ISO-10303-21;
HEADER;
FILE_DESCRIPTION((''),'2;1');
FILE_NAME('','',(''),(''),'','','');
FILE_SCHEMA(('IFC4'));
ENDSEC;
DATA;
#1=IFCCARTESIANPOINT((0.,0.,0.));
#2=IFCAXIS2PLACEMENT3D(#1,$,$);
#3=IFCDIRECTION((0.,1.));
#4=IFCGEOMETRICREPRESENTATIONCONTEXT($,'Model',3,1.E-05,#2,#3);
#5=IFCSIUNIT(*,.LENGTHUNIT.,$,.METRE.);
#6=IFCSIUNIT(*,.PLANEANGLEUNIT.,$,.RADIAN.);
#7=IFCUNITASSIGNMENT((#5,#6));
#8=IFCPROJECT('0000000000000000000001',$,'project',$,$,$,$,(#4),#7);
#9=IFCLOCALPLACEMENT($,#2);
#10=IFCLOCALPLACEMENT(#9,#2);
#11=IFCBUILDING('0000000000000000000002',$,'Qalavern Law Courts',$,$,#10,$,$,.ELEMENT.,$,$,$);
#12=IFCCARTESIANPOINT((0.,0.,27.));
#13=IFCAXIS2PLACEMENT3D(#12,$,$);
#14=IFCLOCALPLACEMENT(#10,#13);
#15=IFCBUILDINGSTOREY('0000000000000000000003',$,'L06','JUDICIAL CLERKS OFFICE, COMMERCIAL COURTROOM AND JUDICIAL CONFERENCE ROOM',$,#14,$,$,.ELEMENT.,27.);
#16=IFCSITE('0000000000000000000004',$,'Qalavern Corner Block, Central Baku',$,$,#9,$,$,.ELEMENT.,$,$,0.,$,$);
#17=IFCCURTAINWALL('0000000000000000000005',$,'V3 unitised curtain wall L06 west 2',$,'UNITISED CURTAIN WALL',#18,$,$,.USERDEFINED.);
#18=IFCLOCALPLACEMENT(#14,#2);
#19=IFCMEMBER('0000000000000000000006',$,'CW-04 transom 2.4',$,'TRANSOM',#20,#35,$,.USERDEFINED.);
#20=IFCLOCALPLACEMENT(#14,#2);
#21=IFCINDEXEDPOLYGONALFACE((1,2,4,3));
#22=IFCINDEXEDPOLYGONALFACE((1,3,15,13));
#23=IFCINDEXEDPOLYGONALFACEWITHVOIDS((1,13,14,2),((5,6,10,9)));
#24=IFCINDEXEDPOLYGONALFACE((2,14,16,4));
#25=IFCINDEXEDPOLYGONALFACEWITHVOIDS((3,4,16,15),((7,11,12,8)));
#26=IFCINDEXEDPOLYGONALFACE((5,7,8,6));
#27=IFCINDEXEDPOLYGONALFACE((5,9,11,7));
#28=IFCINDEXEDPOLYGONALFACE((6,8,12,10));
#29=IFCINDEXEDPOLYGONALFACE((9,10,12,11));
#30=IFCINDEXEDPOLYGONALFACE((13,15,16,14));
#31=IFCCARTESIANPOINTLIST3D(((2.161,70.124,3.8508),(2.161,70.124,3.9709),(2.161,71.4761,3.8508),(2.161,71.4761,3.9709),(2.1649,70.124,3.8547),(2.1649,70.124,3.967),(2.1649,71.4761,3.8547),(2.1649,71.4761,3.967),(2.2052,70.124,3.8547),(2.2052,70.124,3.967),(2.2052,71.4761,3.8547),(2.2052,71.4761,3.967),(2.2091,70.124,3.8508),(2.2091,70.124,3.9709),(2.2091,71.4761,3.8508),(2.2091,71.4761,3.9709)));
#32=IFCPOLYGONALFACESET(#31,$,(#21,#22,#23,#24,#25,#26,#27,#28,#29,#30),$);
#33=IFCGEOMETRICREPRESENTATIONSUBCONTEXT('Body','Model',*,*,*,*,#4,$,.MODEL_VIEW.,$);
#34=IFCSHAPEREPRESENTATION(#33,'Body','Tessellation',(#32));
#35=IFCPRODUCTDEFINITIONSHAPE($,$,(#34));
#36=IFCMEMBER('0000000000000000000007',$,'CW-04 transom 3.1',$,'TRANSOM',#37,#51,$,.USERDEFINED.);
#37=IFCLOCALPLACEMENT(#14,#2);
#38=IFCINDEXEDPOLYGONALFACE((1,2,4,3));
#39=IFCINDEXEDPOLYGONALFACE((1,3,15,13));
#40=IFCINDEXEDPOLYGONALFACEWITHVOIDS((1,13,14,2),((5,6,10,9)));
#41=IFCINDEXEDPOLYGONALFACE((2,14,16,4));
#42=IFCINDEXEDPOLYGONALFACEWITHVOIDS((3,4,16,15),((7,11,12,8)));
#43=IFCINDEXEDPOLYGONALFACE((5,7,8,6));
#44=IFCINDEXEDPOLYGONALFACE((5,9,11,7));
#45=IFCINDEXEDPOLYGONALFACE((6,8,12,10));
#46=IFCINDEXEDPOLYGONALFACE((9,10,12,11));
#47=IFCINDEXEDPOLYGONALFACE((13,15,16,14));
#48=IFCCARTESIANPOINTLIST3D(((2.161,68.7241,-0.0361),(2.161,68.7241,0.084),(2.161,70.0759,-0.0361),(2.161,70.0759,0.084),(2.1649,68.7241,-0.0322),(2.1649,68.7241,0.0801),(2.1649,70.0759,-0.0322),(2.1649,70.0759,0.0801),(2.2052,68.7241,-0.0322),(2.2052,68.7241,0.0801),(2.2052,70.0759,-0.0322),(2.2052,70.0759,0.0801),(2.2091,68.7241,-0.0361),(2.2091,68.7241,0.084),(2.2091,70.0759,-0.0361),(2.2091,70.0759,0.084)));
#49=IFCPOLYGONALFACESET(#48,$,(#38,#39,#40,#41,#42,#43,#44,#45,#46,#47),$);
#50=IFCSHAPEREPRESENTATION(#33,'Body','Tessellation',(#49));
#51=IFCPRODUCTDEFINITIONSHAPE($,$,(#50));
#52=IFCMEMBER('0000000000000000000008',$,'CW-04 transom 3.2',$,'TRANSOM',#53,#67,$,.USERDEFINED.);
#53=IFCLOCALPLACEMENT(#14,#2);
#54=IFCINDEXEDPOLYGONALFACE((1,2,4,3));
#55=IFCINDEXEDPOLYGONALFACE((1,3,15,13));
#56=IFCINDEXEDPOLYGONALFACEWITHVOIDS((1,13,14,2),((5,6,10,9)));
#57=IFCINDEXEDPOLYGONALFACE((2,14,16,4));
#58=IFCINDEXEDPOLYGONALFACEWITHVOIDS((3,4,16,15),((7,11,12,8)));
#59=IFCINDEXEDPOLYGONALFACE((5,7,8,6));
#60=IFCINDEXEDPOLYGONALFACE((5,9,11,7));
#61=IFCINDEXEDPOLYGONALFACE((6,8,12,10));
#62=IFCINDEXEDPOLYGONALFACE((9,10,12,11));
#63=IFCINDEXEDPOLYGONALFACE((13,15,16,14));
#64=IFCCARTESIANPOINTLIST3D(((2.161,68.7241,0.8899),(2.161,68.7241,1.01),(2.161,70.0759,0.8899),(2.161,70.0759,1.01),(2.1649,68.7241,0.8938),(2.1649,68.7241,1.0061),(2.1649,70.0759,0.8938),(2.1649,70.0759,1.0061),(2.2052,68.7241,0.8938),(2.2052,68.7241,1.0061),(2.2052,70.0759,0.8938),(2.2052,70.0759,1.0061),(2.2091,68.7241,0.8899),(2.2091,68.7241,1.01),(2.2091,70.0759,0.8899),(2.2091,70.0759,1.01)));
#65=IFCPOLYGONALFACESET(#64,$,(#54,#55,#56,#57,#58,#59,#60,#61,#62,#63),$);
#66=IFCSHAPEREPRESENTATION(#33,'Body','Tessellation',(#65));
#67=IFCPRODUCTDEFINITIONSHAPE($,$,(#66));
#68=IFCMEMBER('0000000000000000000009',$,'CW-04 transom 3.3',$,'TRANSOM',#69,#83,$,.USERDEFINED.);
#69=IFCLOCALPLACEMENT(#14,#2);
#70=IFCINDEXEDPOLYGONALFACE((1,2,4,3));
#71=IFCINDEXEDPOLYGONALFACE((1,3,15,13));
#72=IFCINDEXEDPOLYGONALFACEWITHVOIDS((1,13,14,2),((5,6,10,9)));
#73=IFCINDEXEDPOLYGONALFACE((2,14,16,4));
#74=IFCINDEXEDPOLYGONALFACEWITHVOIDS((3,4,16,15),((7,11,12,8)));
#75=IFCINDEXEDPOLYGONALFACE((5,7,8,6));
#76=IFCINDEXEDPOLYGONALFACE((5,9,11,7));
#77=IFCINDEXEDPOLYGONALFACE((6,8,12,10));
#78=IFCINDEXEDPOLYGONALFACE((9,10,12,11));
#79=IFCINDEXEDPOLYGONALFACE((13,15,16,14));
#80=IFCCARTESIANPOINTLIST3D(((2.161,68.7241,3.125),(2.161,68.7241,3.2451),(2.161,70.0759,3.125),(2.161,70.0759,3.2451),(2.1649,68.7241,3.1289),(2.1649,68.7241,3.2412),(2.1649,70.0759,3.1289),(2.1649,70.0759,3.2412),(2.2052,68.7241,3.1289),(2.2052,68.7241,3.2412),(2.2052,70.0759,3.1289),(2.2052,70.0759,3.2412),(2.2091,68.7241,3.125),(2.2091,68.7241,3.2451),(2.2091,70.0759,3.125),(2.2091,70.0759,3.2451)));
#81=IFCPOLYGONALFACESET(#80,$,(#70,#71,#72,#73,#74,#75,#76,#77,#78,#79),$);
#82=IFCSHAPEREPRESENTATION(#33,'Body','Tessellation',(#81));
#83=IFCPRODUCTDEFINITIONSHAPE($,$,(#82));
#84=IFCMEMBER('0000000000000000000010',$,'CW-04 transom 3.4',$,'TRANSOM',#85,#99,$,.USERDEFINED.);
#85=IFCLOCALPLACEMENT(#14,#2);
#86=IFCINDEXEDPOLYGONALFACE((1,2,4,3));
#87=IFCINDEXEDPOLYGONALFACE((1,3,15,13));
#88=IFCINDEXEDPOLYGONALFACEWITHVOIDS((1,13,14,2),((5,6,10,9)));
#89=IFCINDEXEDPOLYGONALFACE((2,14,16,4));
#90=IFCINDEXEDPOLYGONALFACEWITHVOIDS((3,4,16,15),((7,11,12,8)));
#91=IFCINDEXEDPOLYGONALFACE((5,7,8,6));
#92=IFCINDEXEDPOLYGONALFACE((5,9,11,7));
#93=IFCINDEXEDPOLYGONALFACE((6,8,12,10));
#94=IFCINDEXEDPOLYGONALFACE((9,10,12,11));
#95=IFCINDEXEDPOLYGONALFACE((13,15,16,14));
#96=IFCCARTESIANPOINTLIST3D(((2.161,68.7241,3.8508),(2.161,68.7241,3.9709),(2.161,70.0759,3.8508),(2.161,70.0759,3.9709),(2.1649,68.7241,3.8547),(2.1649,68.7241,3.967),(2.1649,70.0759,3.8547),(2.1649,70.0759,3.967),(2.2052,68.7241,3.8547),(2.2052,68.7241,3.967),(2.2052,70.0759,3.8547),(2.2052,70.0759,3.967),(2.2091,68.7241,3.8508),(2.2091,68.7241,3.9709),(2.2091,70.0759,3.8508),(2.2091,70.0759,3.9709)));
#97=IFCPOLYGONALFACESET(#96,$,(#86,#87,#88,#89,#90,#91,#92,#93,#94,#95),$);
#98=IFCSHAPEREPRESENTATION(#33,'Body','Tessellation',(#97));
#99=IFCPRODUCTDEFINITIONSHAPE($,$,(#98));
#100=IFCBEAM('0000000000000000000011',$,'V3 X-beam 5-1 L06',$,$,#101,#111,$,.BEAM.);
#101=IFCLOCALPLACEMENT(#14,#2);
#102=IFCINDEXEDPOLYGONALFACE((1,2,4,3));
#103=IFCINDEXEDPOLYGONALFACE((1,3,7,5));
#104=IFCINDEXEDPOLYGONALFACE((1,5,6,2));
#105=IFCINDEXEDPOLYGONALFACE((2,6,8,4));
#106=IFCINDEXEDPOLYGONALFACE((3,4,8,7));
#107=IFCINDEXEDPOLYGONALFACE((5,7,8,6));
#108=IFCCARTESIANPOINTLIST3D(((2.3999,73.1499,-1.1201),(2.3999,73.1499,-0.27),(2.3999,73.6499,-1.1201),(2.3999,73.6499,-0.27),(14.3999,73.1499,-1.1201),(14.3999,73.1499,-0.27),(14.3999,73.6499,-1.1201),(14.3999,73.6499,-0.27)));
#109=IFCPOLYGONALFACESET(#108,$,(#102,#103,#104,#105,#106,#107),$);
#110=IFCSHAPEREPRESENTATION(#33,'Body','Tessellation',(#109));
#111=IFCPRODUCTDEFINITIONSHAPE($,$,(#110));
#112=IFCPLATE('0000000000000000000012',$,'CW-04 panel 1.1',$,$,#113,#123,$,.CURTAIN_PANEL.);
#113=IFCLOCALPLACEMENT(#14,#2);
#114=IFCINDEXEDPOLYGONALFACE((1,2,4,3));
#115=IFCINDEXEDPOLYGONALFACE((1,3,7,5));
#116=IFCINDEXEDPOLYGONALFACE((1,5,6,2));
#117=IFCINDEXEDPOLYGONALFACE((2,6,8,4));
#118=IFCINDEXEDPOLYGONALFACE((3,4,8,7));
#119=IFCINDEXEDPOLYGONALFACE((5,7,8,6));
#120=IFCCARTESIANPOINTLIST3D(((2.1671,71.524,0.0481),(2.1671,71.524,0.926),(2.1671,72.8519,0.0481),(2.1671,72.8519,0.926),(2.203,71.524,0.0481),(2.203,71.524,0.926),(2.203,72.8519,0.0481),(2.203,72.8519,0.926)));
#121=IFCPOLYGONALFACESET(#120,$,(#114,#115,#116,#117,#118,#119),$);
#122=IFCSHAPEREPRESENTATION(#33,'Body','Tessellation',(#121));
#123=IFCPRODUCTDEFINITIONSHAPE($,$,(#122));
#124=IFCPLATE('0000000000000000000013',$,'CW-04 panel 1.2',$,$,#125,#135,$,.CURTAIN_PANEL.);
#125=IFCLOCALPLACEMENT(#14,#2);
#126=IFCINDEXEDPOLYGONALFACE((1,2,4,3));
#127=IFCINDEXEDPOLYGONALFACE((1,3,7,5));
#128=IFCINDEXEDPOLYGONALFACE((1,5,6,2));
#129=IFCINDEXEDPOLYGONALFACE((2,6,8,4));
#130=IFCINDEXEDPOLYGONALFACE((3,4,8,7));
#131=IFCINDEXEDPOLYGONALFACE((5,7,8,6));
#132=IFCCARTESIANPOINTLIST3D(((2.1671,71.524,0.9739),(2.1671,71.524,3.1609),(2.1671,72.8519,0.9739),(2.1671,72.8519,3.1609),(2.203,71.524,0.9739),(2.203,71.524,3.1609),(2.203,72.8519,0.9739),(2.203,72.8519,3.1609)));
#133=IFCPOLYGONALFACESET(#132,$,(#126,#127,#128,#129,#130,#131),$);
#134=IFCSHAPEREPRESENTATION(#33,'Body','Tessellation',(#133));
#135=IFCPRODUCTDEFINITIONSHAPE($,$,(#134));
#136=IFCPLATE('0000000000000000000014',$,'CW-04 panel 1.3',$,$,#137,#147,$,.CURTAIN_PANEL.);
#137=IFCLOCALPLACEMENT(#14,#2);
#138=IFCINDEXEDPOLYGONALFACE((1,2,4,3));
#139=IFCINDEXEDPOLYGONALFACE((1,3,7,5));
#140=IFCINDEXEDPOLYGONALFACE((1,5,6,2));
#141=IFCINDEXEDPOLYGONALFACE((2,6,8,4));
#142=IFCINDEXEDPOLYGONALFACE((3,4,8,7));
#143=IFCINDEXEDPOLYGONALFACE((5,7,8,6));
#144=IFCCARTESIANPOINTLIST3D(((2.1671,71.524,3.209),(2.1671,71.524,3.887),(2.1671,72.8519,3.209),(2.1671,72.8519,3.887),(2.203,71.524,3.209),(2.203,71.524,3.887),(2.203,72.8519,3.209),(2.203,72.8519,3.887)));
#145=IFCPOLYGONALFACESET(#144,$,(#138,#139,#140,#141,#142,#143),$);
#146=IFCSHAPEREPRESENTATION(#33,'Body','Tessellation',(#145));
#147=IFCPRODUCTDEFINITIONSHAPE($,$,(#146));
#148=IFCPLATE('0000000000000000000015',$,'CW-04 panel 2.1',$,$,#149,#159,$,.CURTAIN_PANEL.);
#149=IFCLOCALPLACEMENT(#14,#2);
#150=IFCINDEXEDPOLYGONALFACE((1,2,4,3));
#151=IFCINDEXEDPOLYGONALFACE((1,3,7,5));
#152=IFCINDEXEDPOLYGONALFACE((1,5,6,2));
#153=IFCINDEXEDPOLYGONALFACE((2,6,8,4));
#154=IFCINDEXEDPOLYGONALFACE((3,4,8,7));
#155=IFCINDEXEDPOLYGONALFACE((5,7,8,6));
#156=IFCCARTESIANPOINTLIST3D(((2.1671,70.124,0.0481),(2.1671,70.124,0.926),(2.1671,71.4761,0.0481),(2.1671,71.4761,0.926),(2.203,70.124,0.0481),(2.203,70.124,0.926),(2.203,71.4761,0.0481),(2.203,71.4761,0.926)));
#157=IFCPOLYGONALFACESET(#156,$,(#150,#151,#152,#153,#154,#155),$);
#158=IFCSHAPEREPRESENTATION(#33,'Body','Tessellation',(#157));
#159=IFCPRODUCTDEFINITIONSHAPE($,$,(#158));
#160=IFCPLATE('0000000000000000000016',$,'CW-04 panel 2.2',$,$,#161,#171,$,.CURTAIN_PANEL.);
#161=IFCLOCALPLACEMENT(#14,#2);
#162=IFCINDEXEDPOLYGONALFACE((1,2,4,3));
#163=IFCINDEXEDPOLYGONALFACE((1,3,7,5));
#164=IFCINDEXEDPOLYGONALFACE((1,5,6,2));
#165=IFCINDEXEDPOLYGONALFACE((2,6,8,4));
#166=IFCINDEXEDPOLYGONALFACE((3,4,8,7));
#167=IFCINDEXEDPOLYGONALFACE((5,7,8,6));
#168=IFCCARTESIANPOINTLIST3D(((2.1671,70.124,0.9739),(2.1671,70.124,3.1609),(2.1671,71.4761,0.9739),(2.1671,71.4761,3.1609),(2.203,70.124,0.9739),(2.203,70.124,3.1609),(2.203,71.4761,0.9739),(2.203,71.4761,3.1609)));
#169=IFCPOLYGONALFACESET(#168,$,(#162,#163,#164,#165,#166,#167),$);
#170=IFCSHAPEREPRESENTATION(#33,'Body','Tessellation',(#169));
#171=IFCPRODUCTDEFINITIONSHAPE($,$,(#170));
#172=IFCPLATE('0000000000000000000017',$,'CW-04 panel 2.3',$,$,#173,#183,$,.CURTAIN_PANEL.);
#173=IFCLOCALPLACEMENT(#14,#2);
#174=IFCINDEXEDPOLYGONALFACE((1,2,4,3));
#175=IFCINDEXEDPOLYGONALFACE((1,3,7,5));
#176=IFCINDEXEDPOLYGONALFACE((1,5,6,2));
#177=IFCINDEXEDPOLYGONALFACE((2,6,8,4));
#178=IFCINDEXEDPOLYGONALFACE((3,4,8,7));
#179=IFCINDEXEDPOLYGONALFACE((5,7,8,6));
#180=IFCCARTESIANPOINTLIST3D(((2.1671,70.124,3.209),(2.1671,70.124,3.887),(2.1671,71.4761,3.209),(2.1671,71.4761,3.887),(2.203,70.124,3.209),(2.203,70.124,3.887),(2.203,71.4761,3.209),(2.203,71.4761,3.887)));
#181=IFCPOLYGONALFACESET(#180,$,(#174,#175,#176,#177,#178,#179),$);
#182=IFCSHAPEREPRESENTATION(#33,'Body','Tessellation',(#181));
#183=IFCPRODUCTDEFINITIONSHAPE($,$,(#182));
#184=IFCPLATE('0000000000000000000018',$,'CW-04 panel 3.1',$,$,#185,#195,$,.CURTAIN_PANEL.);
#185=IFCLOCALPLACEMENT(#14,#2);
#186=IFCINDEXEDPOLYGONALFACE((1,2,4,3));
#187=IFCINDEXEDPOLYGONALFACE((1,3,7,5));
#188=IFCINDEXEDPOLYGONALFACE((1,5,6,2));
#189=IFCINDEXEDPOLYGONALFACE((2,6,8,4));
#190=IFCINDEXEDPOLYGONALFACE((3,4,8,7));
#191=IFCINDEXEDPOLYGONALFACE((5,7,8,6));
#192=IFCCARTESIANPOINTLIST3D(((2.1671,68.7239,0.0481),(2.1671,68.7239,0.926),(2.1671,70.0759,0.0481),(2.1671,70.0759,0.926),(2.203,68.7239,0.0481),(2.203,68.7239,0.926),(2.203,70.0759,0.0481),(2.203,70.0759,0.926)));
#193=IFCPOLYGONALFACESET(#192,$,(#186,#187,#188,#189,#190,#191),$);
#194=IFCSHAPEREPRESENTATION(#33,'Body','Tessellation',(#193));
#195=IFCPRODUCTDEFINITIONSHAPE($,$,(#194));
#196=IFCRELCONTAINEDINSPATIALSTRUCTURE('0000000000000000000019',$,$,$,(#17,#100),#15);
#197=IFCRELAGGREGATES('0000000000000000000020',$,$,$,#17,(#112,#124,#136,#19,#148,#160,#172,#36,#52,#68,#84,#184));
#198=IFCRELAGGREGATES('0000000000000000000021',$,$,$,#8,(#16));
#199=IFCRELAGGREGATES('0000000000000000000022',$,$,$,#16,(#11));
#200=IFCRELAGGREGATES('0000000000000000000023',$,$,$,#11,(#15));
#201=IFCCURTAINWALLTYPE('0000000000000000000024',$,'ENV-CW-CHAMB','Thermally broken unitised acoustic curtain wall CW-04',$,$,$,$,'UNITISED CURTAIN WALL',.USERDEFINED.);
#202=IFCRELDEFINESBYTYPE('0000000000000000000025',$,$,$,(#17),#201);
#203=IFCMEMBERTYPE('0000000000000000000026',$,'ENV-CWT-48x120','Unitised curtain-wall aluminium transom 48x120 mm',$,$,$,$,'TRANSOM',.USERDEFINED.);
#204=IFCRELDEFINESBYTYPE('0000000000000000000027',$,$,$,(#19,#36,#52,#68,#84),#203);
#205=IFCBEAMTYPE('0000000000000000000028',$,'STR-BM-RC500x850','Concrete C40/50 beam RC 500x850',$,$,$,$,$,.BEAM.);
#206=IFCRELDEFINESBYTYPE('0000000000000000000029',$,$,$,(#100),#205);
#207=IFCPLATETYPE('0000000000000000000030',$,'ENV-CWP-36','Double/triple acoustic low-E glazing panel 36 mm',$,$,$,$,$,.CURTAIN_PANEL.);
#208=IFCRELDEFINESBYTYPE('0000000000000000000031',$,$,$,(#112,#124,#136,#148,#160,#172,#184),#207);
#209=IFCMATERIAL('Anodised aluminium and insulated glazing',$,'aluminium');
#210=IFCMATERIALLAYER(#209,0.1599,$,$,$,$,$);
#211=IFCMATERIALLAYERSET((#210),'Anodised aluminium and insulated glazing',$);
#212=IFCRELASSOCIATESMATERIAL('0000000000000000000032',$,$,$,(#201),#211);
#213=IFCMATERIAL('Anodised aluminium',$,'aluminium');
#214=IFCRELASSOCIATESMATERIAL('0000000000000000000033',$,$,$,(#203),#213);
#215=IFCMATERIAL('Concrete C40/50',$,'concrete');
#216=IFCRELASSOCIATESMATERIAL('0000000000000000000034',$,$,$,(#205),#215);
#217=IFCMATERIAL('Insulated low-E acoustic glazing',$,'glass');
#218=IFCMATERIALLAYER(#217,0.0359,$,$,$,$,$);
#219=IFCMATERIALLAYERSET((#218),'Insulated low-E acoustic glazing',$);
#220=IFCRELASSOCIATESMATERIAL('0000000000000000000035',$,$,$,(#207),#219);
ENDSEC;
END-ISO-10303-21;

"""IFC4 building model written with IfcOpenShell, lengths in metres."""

from ifc_helpers import new_model, si_unit, direction, frame, origin, origin_2d, place, context, subcontext, project, spatial, rectangle, hollow_rectangle, extrude, material, layer, layer_set, material_profile, profile_set, type_object, element, aggregate, save


model = new_model("IFC4")

# Units and contexts
model_context = context("Model", 3, precision=1e-05, world=origin(), true_north=direction((0.0, 1.0)))
body_context = subcontext(model_context, "Body", "Model", "MODEL_VIEW")
ifc_project = project(units=[si_unit("LENGTHUNIT", "METRE"), si_unit("PLANEANGLEUNIT", "RADIAN")], contexts=[model_context])

# Site, building, storey
site_placement = place(None, origin())
site = spatial("IfcSite", under=ifc_project, at=site_placement, Name="Qalavern Corner Block, Central Baku", CompositionType="ELEMENT", RefElevation=0.0)
building_placement = place(site_placement, origin())
building = spatial("IfcBuilding", under=site, at=building_placement, Name="Qalavern Law Courts", CompositionType="ELEMENT")
storey_placement = place(building_placement, frame((0.0, 0.0, 27.0)))
storey = spatial("IfcBuildingStorey", under=building, at=storey_placement, Name="L06", Description="JUDICIAL CLERKS OFFICE, COMMERCIAL COURTROOM AND JUDICIAL CONFERENCE ROOM", CompositionType="ELEMENT", Elevation=27.0)

# Curtain wall, members
ifc_material_1 = material(Name="Anodised aluminium and insulated glazing", Category="aluminium")
ifc_layer_1 = layer(ifc_material_1, 0.1599)
ifc_layer_set_1 = layer_set([ifc_layer_1], Name="Anodised aluminium and insulated glazing")
curtain_wall_type = type_object("IfcCurtainWallType", Name="ENV-CW-CHAMB", Description="Thermally broken unitised acoustic curtain wall CW-04", ElementType="UNITISED CURTAIN WALL", PredefinedType="USERDEFINED", material=ifc_layer_set_1)
curtain_wall_placement = place(storey_placement, origin())
curtain_wall = element("IfcCurtainWall", 1, at=curtain_wall_placement, inside=storey, type_object=curtain_wall_type, Name="V3 unitised curtain wall L06 west 2", ObjectType="UNITISED CURTAIN WALL", PredefinedType="USERDEFINED")
ifc_material_2 = material(Name="Anodised aluminium", Category="aluminium")
ifc_material_profile_1 = material_profile(ifc_material_2, hollow_rectangle(XDim=0.0481, YDim=0.1201, WallThickness=0.0039, at=origin_2d()), Name="ALU TRANSOM 48x120")
ifc_profile_set_1 = profile_set([ifc_material_profile_1], Name="Anodised aluminium")
member_type_1 = type_object("IfcMemberType", Name="ENV-CWT-48x120", Description="Unitised curtain-wall aluminium transom 48x120 mm", ElementType="TRANSOM", PredefinedType="USERDEFINED", material=ifc_profile_set_1)
member_1_placement = place(storey_placement, frame((2.1851, 71.4761, 3.9109), z_axis=(0.0, -1.0, 0.0), x_axis=(1.0, 0.0, 0.0)))
member_1 = element("IfcMember", 2, at=member_1_placement, type_object=member_type_1, Name="CW-04 transom 2.4", ObjectType="TRANSOM", PredefinedType="USERDEFINED", context=body_context, shape_type="SweptSolid", body=[
    extrude(hollow_rectangle(XDim=0.0481, YDim=0.1201, WallThickness=0.0039, at=origin_2d()), origin(), (0.0, 0.0, 1.0), 1.3521),
])
member_2_placement = place(storey_placement, frame((2.1851, 70.0759, 0.0239), z_axis=(0.0, -1.0, 0.0), x_axis=(1.0, 0.0, 0.0)))
member_2 = element("IfcMember", 3, at=member_2_placement, type_object=member_type_1, Name="CW-04 transom 3.1", ObjectType="TRANSOM", PredefinedType="USERDEFINED", context=body_context, shape_type="SweptSolid", body=[
    extrude(hollow_rectangle(XDim=0.0481, YDim=0.1201, WallThickness=0.0039, at=origin_2d()), origin(), (0.0, 0.0, 1.0), 1.3518),
])
member_3_placement = place(storey_placement, frame((2.1851, 70.0759, 0.95), z_axis=(0.0, -1.0, 0.0), x_axis=(1.0, 0.0, 0.0)))
member_3 = element("IfcMember", 4, at=member_3_placement, type_object=member_type_1, Name="CW-04 transom 3.2", ObjectType="TRANSOM", PredefinedType="USERDEFINED", context=body_context, shape_type="SweptSolid", body=[
    extrude(hollow_rectangle(XDim=0.0481, YDim=0.1201, WallThickness=0.0039, at=origin_2d()), origin(), (0.0, 0.0, 1.0), 1.3518),
])
member_4_placement = place(storey_placement, frame((2.1851, 70.0759, 3.1851), z_axis=(0.0, -1.0, 0.0), x_axis=(1.0, 0.0, 0.0)))
member_4 = element("IfcMember", 5, at=member_4_placement, type_object=member_type_1, Name="CW-04 transom 3.3", ObjectType="TRANSOM", PredefinedType="USERDEFINED", context=body_context, shape_type="SweptSolid", body=[
    extrude(hollow_rectangle(XDim=0.0481, YDim=0.1201, WallThickness=0.0039, at=origin_2d()), origin(), (0.0, 0.0, 1.0), 1.3518),
])
member_5_placement = place(storey_placement, frame((2.1851, 70.0759, 3.9109), z_axis=(0.0, -1.0, 0.0), x_axis=(1.0, 0.0, 0.0)))
member_5 = element("IfcMember", 6, at=member_5_placement, type_object=member_type_1, Name="CW-04 transom 3.4", ObjectType="TRANSOM", PredefinedType="USERDEFINED", context=body_context, shape_type="SweptSolid", body=[
    extrude(hollow_rectangle(XDim=0.0481, YDim=0.1201, WallThickness=0.0039, at=origin_2d()), origin(), (0.0, 0.0, 1.0), 1.3518),
])

# Beam
ifc_material_3 = material(Name="Concrete C40/50", Category="concrete")
ifc_material_profile_2 = material_profile(ifc_material_3, rectangle(XDim=0.5, YDim=0.8501, at=origin_2d()), Name="RC 500x850")
ifc_profile_set_2 = profile_set([ifc_material_profile_2], Name="Concrete C40/50")
beam_type = type_object("IfcBeamType", Name="STR-BM-RC500x850", Description="Concrete C40/50 beam RC 500x850", PredefinedType="BEAM", material=ifc_profile_set_2)
beam_placement = place(storey_placement, frame((2.3999, 73.3999, -0.6951), z_axis=(1.0, 0.0, 0.0), x_axis=(0.0, 1.0, 0.0)))
element("IfcBeam", 7, at=beam_placement, inside=storey, type_object=beam_type, Name="V3 X-beam 5-1 L06", PredefinedType="BEAM", context=body_context, shape_type="SweptSolid", body=[
    extrude(rectangle(XDim=0.5, YDim=0.8501, at=origin_2d()), origin(), (0.0, 0.0, 1.0), 12.0),
])

# Plates
ifc_material_4 = material(Name="Insulated low-E acoustic glazing", Category="glass")
ifc_layer_2 = layer(ifc_material_4, 0.0359)
ifc_layer_set_2 = layer_set([ifc_layer_2], Name="Insulated low-E acoustic glazing")
plate_type = type_object("IfcPlateType", Name="ENV-CWP-36", Description="Double/triple acoustic low-E glazing panel 36 mm", PredefinedType="CURTAIN_PANEL", material=ifc_layer_set_2)
plate_1_placement = place(storey_placement, frame((2.1851, 72.188, 0.0481), z_axis=(0.0, 0.0, 1.0), x_axis=(0.0, -1.0, 0.0)))
plate_1 = element("IfcPlate", 8, at=plate_1_placement, type_object=plate_type, Name="CW-04 panel 1.1", PredefinedType="CURTAIN_PANEL", context=body_context, shape_type="SweptSolid", body=[
    extrude(rectangle(XDim=1.3279, YDim=0.0359, at=origin_2d()), origin(), (0.0, 0.0, 1.0), 0.8779),
])
plate_2_placement = place(storey_placement, frame((2.1851, 72.188, 0.9739), z_axis=(0.0, 0.0, 1.0), x_axis=(0.0, -1.0, 0.0)))
plate_2 = element("IfcPlate", 9, at=plate_2_placement, type_object=plate_type, Name="CW-04 panel 1.2", PredefinedType="CURTAIN_PANEL", context=body_context, shape_type="SweptSolid", body=[
    extrude(rectangle(XDim=1.3279, YDim=0.0359, at=origin_2d()), origin(), (0.0, 0.0, 1.0), 2.187),
])
plate_3_placement = place(storey_placement, frame((2.1851, 72.188, 3.209), z_axis=(0.0, 0.0, 1.0), x_axis=(0.0, -1.0, 0.0)))
plate_3 = element("IfcPlate", 10, at=plate_3_placement, type_object=plate_type, Name="CW-04 panel 1.3", PredefinedType="CURTAIN_PANEL", context=body_context, shape_type="SweptSolid", body=[
    extrude(rectangle(XDim=1.3279, YDim=0.0359, at=origin_2d()), origin(), (0.0, 0.0, 1.0), 0.678),
])
plate_4_placement = place(storey_placement, frame((2.1851, 70.8, 0.0481), z_axis=(0.0, 0.0, 1.0), x_axis=(0.0, -1.0, 0.0)))
plate_4 = element("IfcPlate", 11, at=plate_4_placement, type_object=plate_type, Name="CW-04 panel 2.1", PredefinedType="CURTAIN_PANEL", context=body_context, shape_type="SweptSolid", body=[
    extrude(rectangle(XDim=1.3521, YDim=0.0359, at=origin_2d()), origin(), (0.0, 0.0, 1.0), 0.8779),
])
plate_5_placement = place(storey_placement, frame((2.1851, 70.8, 0.9739), z_axis=(0.0, 0.0, 1.0), x_axis=(0.0, -1.0, 0.0)))
plate_5 = element("IfcPlate", 12, at=plate_5_placement, type_object=plate_type, Name="CW-04 panel 2.2", PredefinedType="CURTAIN_PANEL", context=body_context, shape_type="SweptSolid", body=[
    extrude(rectangle(XDim=1.3521, YDim=0.0359, at=origin_2d()), origin(), (0.0, 0.0, 1.0), 2.187),
])
plate_6_placement = place(storey_placement, frame((2.1851, 70.8, 3.209), z_axis=(0.0, 0.0, 1.0), x_axis=(0.0, -1.0, 0.0)))
plate_6 = element("IfcPlate", 13, at=plate_6_placement, type_object=plate_type, Name="CW-04 panel 2.3", PredefinedType="CURTAIN_PANEL", context=body_context, shape_type="SweptSolid", body=[
    extrude(rectangle(XDim=1.3521, YDim=0.0359, at=origin_2d()), origin(), (0.0, 0.0, 1.0), 0.678),
])
plate_7_placement = place(storey_placement, frame((2.1851, 69.3999, 0.0481), z_axis=(0.0, 0.0, 1.0), x_axis=(0.0, -1.0, 0.0)))
plate_7 = element("IfcPlate", 14, at=plate_7_placement, type_object=plate_type, Name="CW-04 panel 3.1", PredefinedType="CURTAIN_PANEL", context=body_context, shape_type="SweptSolid", body=[
    extrude(rectangle(XDim=1.3521, YDim=0.0359, at=origin_2d()), origin(), (0.0, 0.0, 1.0), 0.8779),
])
aggregate(curtain_wall, [plate_1, plate_2, plate_3, member_1, plate_4, plate_5, plate_6, member_2, member_3, member_4, member_5, plate_7])

save(model, "model.ifc")
